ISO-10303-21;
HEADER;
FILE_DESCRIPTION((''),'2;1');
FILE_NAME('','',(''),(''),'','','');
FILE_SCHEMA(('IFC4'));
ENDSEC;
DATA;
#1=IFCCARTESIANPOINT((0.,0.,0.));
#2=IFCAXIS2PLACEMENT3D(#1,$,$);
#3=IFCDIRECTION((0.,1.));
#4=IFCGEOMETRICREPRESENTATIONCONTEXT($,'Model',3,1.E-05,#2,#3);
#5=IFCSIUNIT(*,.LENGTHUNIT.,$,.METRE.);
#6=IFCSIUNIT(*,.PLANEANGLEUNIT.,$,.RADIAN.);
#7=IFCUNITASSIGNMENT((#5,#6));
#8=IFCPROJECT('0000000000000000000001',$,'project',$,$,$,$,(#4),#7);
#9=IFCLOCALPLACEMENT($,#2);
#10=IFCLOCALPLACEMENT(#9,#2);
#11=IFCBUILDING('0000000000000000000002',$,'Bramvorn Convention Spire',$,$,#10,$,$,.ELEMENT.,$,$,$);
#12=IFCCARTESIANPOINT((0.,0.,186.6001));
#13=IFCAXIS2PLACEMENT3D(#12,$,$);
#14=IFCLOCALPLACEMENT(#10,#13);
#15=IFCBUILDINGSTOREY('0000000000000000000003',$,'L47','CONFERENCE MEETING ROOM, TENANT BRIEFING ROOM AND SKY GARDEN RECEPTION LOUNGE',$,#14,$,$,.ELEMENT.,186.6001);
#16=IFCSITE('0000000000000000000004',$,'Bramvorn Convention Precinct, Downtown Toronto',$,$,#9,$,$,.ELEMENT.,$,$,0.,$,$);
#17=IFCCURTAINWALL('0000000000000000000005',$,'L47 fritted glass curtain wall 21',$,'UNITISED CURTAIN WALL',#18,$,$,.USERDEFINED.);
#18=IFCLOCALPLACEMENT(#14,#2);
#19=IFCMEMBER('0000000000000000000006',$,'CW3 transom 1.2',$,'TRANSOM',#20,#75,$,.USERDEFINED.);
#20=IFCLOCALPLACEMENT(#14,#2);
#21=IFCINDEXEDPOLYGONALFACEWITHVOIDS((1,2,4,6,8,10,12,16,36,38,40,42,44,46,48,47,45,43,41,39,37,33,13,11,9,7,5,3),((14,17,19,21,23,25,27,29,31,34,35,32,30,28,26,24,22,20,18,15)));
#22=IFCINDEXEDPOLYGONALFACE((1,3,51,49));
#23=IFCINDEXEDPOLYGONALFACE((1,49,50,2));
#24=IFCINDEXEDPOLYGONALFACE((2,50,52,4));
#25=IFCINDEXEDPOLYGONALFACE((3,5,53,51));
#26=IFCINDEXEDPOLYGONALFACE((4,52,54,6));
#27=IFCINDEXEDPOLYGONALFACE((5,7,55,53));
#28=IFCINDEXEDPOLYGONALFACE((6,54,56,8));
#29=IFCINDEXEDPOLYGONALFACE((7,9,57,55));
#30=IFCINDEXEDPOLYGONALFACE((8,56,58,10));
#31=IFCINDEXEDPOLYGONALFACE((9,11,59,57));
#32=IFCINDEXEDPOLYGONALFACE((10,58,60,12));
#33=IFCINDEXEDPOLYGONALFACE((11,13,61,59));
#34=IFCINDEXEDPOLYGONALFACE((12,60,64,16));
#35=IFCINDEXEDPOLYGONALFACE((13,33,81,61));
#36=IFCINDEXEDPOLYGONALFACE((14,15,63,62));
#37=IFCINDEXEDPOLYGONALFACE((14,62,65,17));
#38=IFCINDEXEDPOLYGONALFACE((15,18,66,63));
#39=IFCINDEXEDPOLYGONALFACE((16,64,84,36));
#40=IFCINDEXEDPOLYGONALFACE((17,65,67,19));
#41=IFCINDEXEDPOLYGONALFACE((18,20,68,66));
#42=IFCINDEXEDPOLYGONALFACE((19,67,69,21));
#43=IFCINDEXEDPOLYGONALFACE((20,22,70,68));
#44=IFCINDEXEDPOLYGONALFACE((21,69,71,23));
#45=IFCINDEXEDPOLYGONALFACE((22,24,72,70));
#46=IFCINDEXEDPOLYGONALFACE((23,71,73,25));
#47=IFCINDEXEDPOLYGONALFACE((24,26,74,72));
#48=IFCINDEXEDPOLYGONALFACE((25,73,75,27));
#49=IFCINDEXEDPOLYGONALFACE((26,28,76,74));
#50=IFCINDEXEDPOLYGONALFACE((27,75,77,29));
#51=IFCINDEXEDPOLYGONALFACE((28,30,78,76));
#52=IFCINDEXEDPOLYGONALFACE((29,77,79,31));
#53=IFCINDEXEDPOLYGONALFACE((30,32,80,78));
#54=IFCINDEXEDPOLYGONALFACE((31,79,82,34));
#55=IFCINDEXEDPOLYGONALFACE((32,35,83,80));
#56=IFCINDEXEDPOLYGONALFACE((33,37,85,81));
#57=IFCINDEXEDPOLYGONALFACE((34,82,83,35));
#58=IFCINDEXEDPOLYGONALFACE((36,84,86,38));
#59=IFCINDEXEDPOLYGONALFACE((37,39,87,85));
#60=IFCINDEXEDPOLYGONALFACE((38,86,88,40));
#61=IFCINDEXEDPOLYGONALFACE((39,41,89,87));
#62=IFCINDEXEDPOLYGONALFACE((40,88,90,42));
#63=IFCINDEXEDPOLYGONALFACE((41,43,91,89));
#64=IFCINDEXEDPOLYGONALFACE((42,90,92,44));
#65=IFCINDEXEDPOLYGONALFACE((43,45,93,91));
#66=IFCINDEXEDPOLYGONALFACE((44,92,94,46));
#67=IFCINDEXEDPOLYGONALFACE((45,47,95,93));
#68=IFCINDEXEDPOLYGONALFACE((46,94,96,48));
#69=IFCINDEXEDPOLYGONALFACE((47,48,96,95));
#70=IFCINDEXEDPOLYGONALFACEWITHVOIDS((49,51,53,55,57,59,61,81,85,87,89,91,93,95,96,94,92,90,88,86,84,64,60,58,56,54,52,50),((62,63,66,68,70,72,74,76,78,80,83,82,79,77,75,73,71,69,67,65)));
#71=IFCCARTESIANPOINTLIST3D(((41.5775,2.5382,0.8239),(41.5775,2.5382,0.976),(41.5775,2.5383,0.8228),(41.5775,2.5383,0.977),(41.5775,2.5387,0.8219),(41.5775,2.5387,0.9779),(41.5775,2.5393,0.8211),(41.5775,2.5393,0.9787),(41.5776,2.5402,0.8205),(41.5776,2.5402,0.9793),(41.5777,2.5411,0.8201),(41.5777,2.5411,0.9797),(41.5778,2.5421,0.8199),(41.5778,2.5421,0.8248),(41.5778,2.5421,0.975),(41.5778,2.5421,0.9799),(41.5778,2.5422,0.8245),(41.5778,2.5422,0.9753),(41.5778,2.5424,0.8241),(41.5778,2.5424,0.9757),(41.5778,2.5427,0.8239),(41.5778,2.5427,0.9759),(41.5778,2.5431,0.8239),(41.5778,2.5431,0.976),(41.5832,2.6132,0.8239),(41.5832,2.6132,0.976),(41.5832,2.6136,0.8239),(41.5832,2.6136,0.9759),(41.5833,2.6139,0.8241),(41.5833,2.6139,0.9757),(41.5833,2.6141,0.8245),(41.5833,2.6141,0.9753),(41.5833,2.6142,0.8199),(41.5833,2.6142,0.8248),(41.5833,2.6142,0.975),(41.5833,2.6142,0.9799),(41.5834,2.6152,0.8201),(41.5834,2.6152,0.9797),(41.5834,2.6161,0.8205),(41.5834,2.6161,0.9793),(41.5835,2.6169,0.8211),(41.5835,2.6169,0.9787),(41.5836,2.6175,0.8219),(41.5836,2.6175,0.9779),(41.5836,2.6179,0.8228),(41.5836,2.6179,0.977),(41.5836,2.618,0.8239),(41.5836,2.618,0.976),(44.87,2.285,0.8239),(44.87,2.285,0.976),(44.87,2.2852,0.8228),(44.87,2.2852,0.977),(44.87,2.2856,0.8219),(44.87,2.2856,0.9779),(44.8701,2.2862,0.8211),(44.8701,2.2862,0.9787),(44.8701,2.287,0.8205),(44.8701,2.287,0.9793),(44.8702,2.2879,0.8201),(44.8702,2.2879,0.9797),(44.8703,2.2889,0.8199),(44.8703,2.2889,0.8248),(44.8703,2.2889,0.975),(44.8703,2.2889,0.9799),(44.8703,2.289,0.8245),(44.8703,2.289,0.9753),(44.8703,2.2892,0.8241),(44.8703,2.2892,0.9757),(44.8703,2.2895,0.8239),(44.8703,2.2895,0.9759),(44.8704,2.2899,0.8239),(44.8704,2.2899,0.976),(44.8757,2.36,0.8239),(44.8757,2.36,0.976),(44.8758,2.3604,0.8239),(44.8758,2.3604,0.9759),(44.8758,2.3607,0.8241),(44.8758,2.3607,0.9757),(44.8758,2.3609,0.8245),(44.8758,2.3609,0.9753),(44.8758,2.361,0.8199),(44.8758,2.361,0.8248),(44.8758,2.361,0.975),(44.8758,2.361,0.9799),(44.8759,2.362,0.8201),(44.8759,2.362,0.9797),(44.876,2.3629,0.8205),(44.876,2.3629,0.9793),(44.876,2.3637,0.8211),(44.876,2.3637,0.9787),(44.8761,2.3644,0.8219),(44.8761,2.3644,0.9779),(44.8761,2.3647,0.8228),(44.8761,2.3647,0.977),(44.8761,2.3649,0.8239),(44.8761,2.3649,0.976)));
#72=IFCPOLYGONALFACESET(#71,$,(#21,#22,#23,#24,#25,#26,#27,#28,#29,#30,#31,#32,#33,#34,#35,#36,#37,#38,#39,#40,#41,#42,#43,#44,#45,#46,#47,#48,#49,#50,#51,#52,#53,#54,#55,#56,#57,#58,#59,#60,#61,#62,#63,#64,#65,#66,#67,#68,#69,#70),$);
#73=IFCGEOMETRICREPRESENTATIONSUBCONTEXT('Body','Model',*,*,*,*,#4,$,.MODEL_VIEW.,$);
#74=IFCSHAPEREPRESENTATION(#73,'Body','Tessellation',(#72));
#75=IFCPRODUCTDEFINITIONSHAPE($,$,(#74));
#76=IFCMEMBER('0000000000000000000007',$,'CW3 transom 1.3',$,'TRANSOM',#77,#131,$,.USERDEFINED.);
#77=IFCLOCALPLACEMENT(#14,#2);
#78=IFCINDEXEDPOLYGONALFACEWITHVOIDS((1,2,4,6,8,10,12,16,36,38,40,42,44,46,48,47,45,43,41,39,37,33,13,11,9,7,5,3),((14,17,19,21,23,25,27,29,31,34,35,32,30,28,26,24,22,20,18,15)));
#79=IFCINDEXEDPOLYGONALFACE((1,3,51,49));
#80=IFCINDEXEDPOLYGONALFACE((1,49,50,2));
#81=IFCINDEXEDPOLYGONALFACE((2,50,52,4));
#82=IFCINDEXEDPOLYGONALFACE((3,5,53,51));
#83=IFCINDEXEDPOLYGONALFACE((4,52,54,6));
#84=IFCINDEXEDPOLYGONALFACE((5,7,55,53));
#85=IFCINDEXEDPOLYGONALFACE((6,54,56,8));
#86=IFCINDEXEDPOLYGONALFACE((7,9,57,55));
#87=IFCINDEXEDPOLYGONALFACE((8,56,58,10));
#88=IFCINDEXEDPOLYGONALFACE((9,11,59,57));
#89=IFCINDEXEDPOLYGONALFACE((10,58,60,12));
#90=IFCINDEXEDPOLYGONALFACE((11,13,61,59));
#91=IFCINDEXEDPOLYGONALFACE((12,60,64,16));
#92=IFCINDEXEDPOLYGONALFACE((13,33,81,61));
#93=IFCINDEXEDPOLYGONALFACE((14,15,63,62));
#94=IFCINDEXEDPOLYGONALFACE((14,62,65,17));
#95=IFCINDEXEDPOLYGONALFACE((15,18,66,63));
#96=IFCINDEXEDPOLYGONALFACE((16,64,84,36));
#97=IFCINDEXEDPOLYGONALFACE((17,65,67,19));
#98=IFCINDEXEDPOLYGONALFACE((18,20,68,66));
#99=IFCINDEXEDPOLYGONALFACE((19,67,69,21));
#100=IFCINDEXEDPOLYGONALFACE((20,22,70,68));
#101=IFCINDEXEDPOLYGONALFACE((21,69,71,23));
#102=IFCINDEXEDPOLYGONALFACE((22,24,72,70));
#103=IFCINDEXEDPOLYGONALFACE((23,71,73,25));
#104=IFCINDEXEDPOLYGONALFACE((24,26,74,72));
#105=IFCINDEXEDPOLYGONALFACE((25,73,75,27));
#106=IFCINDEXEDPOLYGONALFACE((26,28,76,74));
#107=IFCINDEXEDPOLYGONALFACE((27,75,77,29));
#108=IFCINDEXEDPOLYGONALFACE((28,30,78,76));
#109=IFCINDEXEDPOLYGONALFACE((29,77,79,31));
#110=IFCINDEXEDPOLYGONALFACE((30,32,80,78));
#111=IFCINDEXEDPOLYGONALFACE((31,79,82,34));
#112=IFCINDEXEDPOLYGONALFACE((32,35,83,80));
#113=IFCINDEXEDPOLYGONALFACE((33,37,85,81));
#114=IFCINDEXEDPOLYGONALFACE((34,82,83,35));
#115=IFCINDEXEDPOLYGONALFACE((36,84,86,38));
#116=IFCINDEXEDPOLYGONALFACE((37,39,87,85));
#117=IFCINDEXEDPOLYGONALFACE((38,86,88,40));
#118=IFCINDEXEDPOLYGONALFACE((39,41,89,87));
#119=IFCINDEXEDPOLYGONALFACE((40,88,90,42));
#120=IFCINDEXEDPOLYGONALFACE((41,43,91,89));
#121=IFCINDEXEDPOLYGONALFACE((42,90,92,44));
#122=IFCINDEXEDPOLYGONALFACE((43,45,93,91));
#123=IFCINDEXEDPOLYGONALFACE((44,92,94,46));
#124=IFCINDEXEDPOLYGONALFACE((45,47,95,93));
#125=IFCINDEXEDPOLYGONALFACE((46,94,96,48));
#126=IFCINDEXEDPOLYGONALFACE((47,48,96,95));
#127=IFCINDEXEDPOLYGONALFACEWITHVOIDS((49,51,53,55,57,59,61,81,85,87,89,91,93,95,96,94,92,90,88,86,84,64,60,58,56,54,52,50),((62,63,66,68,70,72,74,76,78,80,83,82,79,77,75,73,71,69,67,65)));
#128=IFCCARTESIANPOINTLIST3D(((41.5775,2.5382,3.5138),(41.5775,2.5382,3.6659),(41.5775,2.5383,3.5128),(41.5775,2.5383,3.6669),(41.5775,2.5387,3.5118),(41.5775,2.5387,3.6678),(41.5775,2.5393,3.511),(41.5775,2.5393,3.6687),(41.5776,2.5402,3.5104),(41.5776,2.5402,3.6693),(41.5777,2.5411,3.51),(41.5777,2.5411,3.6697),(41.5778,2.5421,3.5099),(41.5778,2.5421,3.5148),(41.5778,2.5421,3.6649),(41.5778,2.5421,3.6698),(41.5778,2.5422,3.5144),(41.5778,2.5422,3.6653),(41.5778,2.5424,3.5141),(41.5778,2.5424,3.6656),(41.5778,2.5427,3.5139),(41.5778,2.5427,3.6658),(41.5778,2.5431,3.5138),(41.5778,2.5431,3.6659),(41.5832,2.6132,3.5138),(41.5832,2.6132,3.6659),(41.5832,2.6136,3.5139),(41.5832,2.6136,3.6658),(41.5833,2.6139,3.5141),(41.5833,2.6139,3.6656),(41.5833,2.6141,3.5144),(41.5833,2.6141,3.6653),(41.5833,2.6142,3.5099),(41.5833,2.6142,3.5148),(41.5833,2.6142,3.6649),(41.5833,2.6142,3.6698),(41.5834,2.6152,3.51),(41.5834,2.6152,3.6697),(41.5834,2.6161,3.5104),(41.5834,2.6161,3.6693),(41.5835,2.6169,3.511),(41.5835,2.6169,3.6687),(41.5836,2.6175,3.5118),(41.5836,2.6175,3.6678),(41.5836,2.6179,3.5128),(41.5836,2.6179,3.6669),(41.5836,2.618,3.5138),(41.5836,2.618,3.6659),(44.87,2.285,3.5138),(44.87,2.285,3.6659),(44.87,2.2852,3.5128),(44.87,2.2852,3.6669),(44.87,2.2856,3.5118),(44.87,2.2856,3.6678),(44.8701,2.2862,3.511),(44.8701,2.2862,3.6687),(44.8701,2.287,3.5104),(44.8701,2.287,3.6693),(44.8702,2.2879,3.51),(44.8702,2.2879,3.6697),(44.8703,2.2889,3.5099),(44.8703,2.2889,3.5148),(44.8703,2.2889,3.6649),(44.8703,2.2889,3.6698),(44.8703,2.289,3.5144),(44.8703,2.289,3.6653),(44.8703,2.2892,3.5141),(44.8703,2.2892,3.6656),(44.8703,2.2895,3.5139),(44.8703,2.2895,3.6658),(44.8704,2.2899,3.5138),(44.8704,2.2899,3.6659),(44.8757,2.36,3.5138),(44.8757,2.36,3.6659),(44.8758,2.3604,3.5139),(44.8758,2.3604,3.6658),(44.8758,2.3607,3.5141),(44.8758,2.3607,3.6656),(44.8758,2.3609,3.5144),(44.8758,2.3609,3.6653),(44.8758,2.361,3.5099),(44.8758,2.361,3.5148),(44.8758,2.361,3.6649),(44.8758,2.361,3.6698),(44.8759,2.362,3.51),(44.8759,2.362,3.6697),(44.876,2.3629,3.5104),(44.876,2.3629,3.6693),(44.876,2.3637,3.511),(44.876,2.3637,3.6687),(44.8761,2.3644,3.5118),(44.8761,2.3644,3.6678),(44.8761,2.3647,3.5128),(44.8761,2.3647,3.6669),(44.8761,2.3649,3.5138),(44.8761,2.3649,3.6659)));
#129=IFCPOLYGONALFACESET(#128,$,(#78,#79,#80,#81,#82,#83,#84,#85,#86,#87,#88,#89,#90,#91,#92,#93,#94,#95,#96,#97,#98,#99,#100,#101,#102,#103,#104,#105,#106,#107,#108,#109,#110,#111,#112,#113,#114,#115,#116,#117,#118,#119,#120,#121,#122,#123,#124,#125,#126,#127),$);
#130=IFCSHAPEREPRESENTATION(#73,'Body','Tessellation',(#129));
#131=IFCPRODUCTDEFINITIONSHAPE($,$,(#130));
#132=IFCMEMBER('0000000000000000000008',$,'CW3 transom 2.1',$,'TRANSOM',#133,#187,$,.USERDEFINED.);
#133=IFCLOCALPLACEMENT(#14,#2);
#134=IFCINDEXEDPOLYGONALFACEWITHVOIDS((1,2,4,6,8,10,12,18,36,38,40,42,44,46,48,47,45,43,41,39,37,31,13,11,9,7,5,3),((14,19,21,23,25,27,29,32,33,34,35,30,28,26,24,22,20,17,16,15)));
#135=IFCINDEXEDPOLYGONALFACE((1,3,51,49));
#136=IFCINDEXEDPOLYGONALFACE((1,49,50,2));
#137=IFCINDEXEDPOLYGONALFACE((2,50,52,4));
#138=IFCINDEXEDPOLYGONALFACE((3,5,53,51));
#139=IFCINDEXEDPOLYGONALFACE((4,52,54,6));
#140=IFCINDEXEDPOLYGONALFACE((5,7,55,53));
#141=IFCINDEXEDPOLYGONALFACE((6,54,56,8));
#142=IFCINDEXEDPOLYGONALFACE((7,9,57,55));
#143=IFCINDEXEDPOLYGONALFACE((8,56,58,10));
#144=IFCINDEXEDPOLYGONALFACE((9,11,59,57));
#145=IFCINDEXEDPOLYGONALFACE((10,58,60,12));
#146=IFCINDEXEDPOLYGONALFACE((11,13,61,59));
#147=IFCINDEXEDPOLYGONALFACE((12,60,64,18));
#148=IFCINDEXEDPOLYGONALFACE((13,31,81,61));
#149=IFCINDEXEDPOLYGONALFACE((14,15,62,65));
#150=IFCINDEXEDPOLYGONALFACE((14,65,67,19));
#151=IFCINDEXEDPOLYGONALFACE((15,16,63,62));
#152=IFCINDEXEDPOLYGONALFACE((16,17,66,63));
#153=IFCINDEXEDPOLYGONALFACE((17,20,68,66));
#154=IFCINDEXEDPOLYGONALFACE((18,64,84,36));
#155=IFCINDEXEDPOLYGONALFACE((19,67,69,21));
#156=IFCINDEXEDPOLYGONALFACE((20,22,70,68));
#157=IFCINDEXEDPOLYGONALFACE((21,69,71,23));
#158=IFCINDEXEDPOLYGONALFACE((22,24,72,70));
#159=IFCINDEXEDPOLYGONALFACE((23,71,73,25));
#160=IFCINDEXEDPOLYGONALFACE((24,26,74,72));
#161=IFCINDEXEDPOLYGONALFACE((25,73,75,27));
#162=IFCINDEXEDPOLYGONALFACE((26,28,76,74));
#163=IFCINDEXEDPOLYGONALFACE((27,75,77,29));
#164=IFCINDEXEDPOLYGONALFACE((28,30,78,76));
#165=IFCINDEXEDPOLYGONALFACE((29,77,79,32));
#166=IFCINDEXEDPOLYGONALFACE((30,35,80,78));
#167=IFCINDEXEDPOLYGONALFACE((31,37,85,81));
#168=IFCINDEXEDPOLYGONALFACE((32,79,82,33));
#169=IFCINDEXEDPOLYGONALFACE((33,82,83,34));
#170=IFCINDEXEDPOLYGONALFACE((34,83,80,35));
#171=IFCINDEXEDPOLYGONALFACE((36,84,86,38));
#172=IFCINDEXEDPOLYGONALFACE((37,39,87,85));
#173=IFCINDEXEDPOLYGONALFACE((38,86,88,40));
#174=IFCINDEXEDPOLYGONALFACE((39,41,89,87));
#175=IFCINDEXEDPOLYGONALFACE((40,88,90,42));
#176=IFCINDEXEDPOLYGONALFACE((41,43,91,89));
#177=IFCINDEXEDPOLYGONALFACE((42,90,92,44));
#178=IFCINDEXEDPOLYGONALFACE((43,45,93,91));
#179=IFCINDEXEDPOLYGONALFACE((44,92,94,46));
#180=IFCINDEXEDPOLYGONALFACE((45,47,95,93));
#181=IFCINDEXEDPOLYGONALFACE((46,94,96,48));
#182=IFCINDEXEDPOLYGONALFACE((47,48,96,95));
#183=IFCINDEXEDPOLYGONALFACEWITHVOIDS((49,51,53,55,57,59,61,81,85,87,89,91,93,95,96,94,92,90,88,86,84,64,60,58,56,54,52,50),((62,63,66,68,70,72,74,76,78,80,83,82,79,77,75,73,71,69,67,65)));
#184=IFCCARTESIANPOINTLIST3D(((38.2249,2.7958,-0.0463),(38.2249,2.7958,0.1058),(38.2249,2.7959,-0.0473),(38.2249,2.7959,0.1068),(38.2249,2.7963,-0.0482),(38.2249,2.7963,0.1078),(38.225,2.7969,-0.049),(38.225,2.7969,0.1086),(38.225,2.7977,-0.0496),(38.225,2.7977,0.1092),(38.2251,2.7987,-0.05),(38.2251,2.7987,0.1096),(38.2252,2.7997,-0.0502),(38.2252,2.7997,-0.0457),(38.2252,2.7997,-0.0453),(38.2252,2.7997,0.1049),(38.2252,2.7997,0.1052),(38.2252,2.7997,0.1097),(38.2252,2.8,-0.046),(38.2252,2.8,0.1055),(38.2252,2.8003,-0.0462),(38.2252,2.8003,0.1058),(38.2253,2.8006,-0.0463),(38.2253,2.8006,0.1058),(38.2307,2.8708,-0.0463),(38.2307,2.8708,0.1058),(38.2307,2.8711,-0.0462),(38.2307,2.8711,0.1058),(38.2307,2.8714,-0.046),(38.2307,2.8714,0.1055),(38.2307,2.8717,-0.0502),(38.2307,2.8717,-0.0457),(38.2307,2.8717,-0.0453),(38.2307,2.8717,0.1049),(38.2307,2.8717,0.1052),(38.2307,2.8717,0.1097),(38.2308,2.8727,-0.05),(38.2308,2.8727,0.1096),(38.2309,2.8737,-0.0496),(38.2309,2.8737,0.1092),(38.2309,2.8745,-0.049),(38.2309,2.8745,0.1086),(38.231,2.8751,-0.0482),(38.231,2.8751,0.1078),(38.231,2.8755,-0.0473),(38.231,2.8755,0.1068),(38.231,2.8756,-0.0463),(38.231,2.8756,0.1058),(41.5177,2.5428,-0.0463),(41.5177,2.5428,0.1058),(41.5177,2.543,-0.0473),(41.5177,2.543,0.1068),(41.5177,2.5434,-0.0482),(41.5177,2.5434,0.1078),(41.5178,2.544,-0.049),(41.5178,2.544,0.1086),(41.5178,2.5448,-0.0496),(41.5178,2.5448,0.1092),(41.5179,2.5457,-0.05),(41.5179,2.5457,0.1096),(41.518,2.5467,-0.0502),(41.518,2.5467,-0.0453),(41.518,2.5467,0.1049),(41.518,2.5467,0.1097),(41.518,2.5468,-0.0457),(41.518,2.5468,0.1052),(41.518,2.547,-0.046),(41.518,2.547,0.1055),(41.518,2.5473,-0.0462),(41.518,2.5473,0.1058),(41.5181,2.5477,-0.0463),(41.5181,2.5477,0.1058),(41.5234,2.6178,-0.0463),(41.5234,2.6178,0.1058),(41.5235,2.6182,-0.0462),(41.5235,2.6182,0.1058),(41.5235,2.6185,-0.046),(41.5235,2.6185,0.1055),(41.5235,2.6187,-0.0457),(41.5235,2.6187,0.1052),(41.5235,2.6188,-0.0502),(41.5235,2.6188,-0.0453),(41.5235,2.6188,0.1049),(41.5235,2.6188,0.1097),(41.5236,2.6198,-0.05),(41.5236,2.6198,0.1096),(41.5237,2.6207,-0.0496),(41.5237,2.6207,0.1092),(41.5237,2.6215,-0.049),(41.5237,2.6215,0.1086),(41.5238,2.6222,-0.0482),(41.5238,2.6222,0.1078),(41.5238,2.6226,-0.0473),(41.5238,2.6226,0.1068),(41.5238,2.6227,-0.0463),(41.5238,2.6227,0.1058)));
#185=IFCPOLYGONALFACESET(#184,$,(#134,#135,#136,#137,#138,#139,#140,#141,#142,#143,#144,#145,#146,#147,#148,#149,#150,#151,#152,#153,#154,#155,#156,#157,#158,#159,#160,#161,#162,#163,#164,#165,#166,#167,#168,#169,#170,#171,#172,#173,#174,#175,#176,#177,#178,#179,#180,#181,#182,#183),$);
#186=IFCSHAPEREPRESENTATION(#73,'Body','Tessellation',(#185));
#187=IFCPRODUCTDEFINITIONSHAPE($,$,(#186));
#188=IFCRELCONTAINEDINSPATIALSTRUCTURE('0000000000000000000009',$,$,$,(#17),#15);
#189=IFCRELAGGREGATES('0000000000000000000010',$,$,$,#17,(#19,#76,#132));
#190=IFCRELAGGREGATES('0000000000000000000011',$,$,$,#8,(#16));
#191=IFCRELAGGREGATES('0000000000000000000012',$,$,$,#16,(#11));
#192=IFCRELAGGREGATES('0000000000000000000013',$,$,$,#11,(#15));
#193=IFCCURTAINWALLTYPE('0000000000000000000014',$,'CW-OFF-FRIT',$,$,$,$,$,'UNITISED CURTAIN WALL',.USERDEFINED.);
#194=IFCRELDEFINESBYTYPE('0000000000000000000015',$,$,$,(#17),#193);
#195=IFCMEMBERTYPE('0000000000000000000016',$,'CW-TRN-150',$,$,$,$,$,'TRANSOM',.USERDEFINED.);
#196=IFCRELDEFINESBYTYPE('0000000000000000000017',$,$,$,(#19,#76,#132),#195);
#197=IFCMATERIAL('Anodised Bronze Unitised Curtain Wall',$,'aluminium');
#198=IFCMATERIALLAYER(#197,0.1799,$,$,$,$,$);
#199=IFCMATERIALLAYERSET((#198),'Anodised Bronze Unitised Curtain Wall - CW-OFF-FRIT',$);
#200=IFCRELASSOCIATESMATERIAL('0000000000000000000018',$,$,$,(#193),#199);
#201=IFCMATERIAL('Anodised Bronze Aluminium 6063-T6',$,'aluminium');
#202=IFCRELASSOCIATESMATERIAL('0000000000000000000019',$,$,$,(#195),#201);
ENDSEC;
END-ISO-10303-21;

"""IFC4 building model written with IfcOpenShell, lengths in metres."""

from ifc_helpers import new_model, si_unit, direction, frame, origin, origin_2d, place, context, subcontext, project, spatial, hollow_rectangle, extrude, material, layer, layer_set, material_profile, profile_set, type_object, element, aggregate, save


model = new_model("IFC4")

# Units and contexts
model_context = context("Model", 3, precision=1e-05, world=origin(), true_north=direction((0.0, 1.0)))
body_context = subcontext(model_context, "Body", "Model", "MODEL_VIEW")
ifc_project = project(units=[si_unit("LENGTHUNIT", "METRE"), si_unit("PLANEANGLEUNIT", "RADIAN")], contexts=[model_context])

# Site, building, storey
site_placement = place(None, origin())
site = spatial("IfcSite", under=ifc_project, at=site_placement, Name="Bramvorn Convention Precinct, Downtown Toronto", CompositionType="ELEMENT", RefElevation=0.0)
building_placement = place(site_placement, origin())
building = spatial("IfcBuilding", under=site, at=building_placement, Name="Bramvorn Convention Spire", CompositionType="ELEMENT")
storey_placement = place(building_placement, frame((0.0, 0.0, 186.6001)))
storey = spatial("IfcBuildingStorey", under=building, at=storey_placement, Name="L47", Description="CONFERENCE MEETING ROOM, TENANT BRIEFING ROOM AND SKY GARDEN RECEPTION LOUNGE", CompositionType="ELEMENT", Elevation=186.6001)

# Curtain wall
ifc_material_1 = material(Name="Anodised Bronze Unitised Curtain Wall", Category="aluminium")
ifc_layer_1 = layer(ifc_material_1, 0.1799)
ifc_layer_set_1 = layer_set([ifc_layer_1], Name="Anodised Bronze Unitised Curtain Wall - CW-OFF-FRIT")
curtain_wall_type = type_object("IfcCurtainWallType", Name="CW-OFF-FRIT", ElementType="UNITISED CURTAIN WALL", PredefinedType="USERDEFINED", material=ifc_layer_set_1)
curtain_wall_1_placement = place(storey_placement, origin())
curtain_wall_1 = element("IfcCurtainWall", 1, at=curtain_wall_1_placement, inside=storey, type_object=curtain_wall_type, Name="L47 fritted glass curtain wall 21", ObjectType="UNITISED CURTAIN WALL", PredefinedType="USERDEFINED")
ifc_material_2 = material(Name="Anodised Bronze Aluminium 6063-T6", Category="aluminium")

# Members
ifc_material_profile_1 = material_profile(ifc_material_2, hollow_rectangle(XDim=0.0801, YDim=0.1599, WallThickness=0.0039, InnerFilletRadius=0.001, OuterFilletRadius=0.0039, at=origin_2d()))
ifc_profile_set_1 = profile_set([ifc_material_profile_1], Name="Anodised Bronze Aluminium 6063-T6 - CWT80X160")
member_type_1 = type_object("IfcMemberType", Name="CW-TRN-150", ElementType="TRANSOM", PredefinedType="USERDEFINED", material=ifc_profile_set_1)
member_1_placement = place(storey_placement, frame((44.873, 2.325, 0.8999), z_axis=(-0.997057, 0.076668, 0.0), x_axis=(-0.076668, -0.997057, 0.0)))
member_1 = element("IfcMember", 2, at=member_1_placement, type_object=member_type_1, Name="CW3 transom 1.2", ObjectType="TRANSOM", PredefinedType="USERDEFINED", context=body_context, shape_type="SweptSolid", body=[
    extrude(hollow_rectangle(XDim=0.0801, YDim=0.1599, WallThickness=0.0039, InnerFilletRadius=0.001, OuterFilletRadius=0.0039, at=origin_2d()), origin(), (0.0, 0.0, 1.0), 3.3022),
])
member_2_placement = place(storey_placement, frame((44.873, 2.325, 3.5898), z_axis=(-0.997057, 0.076668, 0.0), x_axis=(-0.076668, -0.997057, 0.0)))
member_2 = element("IfcMember", 3, at=member_2_placement, type_object=member_type_1, Name="CW3 transom 1.3", ObjectType="TRANSOM", PredefinedType="USERDEFINED", context=body_context, shape_type="SweptSolid", body=[
    extrude(hollow_rectangle(XDim=0.0801, YDim=0.1599, WallThickness=0.0039, InnerFilletRadius=0.001, OuterFilletRadius=0.0039, at=origin_2d()), origin(), (0.0, 0.0, 1.0), 3.3022),
])
member_3_placement = place(storey_placement, frame((41.5208, 2.5828, 0.0298), z_axis=(-0.997063, 0.076589, 0.0), x_axis=(-0.076589, -0.997063, 0.0)))
member_3 = element("IfcMember", 4, at=member_3_placement, type_object=member_type_1, Name="CW3 transom 2.1", ObjectType="TRANSOM", PredefinedType="USERDEFINED", context=body_context, shape_type="SweptSolid", body=[
    extrude(hollow_rectangle(XDim=0.0801, YDim=0.1599, WallThickness=0.0039, InnerFilletRadius=0.001, OuterFilletRadius=0.0039, at=origin_2d()), origin(), (0.0, 0.0, 1.0), 3.3025),
])

aggregate(curtain_wall_1, [member_1, member_2, member_3])

save(model, "model.ifc")
